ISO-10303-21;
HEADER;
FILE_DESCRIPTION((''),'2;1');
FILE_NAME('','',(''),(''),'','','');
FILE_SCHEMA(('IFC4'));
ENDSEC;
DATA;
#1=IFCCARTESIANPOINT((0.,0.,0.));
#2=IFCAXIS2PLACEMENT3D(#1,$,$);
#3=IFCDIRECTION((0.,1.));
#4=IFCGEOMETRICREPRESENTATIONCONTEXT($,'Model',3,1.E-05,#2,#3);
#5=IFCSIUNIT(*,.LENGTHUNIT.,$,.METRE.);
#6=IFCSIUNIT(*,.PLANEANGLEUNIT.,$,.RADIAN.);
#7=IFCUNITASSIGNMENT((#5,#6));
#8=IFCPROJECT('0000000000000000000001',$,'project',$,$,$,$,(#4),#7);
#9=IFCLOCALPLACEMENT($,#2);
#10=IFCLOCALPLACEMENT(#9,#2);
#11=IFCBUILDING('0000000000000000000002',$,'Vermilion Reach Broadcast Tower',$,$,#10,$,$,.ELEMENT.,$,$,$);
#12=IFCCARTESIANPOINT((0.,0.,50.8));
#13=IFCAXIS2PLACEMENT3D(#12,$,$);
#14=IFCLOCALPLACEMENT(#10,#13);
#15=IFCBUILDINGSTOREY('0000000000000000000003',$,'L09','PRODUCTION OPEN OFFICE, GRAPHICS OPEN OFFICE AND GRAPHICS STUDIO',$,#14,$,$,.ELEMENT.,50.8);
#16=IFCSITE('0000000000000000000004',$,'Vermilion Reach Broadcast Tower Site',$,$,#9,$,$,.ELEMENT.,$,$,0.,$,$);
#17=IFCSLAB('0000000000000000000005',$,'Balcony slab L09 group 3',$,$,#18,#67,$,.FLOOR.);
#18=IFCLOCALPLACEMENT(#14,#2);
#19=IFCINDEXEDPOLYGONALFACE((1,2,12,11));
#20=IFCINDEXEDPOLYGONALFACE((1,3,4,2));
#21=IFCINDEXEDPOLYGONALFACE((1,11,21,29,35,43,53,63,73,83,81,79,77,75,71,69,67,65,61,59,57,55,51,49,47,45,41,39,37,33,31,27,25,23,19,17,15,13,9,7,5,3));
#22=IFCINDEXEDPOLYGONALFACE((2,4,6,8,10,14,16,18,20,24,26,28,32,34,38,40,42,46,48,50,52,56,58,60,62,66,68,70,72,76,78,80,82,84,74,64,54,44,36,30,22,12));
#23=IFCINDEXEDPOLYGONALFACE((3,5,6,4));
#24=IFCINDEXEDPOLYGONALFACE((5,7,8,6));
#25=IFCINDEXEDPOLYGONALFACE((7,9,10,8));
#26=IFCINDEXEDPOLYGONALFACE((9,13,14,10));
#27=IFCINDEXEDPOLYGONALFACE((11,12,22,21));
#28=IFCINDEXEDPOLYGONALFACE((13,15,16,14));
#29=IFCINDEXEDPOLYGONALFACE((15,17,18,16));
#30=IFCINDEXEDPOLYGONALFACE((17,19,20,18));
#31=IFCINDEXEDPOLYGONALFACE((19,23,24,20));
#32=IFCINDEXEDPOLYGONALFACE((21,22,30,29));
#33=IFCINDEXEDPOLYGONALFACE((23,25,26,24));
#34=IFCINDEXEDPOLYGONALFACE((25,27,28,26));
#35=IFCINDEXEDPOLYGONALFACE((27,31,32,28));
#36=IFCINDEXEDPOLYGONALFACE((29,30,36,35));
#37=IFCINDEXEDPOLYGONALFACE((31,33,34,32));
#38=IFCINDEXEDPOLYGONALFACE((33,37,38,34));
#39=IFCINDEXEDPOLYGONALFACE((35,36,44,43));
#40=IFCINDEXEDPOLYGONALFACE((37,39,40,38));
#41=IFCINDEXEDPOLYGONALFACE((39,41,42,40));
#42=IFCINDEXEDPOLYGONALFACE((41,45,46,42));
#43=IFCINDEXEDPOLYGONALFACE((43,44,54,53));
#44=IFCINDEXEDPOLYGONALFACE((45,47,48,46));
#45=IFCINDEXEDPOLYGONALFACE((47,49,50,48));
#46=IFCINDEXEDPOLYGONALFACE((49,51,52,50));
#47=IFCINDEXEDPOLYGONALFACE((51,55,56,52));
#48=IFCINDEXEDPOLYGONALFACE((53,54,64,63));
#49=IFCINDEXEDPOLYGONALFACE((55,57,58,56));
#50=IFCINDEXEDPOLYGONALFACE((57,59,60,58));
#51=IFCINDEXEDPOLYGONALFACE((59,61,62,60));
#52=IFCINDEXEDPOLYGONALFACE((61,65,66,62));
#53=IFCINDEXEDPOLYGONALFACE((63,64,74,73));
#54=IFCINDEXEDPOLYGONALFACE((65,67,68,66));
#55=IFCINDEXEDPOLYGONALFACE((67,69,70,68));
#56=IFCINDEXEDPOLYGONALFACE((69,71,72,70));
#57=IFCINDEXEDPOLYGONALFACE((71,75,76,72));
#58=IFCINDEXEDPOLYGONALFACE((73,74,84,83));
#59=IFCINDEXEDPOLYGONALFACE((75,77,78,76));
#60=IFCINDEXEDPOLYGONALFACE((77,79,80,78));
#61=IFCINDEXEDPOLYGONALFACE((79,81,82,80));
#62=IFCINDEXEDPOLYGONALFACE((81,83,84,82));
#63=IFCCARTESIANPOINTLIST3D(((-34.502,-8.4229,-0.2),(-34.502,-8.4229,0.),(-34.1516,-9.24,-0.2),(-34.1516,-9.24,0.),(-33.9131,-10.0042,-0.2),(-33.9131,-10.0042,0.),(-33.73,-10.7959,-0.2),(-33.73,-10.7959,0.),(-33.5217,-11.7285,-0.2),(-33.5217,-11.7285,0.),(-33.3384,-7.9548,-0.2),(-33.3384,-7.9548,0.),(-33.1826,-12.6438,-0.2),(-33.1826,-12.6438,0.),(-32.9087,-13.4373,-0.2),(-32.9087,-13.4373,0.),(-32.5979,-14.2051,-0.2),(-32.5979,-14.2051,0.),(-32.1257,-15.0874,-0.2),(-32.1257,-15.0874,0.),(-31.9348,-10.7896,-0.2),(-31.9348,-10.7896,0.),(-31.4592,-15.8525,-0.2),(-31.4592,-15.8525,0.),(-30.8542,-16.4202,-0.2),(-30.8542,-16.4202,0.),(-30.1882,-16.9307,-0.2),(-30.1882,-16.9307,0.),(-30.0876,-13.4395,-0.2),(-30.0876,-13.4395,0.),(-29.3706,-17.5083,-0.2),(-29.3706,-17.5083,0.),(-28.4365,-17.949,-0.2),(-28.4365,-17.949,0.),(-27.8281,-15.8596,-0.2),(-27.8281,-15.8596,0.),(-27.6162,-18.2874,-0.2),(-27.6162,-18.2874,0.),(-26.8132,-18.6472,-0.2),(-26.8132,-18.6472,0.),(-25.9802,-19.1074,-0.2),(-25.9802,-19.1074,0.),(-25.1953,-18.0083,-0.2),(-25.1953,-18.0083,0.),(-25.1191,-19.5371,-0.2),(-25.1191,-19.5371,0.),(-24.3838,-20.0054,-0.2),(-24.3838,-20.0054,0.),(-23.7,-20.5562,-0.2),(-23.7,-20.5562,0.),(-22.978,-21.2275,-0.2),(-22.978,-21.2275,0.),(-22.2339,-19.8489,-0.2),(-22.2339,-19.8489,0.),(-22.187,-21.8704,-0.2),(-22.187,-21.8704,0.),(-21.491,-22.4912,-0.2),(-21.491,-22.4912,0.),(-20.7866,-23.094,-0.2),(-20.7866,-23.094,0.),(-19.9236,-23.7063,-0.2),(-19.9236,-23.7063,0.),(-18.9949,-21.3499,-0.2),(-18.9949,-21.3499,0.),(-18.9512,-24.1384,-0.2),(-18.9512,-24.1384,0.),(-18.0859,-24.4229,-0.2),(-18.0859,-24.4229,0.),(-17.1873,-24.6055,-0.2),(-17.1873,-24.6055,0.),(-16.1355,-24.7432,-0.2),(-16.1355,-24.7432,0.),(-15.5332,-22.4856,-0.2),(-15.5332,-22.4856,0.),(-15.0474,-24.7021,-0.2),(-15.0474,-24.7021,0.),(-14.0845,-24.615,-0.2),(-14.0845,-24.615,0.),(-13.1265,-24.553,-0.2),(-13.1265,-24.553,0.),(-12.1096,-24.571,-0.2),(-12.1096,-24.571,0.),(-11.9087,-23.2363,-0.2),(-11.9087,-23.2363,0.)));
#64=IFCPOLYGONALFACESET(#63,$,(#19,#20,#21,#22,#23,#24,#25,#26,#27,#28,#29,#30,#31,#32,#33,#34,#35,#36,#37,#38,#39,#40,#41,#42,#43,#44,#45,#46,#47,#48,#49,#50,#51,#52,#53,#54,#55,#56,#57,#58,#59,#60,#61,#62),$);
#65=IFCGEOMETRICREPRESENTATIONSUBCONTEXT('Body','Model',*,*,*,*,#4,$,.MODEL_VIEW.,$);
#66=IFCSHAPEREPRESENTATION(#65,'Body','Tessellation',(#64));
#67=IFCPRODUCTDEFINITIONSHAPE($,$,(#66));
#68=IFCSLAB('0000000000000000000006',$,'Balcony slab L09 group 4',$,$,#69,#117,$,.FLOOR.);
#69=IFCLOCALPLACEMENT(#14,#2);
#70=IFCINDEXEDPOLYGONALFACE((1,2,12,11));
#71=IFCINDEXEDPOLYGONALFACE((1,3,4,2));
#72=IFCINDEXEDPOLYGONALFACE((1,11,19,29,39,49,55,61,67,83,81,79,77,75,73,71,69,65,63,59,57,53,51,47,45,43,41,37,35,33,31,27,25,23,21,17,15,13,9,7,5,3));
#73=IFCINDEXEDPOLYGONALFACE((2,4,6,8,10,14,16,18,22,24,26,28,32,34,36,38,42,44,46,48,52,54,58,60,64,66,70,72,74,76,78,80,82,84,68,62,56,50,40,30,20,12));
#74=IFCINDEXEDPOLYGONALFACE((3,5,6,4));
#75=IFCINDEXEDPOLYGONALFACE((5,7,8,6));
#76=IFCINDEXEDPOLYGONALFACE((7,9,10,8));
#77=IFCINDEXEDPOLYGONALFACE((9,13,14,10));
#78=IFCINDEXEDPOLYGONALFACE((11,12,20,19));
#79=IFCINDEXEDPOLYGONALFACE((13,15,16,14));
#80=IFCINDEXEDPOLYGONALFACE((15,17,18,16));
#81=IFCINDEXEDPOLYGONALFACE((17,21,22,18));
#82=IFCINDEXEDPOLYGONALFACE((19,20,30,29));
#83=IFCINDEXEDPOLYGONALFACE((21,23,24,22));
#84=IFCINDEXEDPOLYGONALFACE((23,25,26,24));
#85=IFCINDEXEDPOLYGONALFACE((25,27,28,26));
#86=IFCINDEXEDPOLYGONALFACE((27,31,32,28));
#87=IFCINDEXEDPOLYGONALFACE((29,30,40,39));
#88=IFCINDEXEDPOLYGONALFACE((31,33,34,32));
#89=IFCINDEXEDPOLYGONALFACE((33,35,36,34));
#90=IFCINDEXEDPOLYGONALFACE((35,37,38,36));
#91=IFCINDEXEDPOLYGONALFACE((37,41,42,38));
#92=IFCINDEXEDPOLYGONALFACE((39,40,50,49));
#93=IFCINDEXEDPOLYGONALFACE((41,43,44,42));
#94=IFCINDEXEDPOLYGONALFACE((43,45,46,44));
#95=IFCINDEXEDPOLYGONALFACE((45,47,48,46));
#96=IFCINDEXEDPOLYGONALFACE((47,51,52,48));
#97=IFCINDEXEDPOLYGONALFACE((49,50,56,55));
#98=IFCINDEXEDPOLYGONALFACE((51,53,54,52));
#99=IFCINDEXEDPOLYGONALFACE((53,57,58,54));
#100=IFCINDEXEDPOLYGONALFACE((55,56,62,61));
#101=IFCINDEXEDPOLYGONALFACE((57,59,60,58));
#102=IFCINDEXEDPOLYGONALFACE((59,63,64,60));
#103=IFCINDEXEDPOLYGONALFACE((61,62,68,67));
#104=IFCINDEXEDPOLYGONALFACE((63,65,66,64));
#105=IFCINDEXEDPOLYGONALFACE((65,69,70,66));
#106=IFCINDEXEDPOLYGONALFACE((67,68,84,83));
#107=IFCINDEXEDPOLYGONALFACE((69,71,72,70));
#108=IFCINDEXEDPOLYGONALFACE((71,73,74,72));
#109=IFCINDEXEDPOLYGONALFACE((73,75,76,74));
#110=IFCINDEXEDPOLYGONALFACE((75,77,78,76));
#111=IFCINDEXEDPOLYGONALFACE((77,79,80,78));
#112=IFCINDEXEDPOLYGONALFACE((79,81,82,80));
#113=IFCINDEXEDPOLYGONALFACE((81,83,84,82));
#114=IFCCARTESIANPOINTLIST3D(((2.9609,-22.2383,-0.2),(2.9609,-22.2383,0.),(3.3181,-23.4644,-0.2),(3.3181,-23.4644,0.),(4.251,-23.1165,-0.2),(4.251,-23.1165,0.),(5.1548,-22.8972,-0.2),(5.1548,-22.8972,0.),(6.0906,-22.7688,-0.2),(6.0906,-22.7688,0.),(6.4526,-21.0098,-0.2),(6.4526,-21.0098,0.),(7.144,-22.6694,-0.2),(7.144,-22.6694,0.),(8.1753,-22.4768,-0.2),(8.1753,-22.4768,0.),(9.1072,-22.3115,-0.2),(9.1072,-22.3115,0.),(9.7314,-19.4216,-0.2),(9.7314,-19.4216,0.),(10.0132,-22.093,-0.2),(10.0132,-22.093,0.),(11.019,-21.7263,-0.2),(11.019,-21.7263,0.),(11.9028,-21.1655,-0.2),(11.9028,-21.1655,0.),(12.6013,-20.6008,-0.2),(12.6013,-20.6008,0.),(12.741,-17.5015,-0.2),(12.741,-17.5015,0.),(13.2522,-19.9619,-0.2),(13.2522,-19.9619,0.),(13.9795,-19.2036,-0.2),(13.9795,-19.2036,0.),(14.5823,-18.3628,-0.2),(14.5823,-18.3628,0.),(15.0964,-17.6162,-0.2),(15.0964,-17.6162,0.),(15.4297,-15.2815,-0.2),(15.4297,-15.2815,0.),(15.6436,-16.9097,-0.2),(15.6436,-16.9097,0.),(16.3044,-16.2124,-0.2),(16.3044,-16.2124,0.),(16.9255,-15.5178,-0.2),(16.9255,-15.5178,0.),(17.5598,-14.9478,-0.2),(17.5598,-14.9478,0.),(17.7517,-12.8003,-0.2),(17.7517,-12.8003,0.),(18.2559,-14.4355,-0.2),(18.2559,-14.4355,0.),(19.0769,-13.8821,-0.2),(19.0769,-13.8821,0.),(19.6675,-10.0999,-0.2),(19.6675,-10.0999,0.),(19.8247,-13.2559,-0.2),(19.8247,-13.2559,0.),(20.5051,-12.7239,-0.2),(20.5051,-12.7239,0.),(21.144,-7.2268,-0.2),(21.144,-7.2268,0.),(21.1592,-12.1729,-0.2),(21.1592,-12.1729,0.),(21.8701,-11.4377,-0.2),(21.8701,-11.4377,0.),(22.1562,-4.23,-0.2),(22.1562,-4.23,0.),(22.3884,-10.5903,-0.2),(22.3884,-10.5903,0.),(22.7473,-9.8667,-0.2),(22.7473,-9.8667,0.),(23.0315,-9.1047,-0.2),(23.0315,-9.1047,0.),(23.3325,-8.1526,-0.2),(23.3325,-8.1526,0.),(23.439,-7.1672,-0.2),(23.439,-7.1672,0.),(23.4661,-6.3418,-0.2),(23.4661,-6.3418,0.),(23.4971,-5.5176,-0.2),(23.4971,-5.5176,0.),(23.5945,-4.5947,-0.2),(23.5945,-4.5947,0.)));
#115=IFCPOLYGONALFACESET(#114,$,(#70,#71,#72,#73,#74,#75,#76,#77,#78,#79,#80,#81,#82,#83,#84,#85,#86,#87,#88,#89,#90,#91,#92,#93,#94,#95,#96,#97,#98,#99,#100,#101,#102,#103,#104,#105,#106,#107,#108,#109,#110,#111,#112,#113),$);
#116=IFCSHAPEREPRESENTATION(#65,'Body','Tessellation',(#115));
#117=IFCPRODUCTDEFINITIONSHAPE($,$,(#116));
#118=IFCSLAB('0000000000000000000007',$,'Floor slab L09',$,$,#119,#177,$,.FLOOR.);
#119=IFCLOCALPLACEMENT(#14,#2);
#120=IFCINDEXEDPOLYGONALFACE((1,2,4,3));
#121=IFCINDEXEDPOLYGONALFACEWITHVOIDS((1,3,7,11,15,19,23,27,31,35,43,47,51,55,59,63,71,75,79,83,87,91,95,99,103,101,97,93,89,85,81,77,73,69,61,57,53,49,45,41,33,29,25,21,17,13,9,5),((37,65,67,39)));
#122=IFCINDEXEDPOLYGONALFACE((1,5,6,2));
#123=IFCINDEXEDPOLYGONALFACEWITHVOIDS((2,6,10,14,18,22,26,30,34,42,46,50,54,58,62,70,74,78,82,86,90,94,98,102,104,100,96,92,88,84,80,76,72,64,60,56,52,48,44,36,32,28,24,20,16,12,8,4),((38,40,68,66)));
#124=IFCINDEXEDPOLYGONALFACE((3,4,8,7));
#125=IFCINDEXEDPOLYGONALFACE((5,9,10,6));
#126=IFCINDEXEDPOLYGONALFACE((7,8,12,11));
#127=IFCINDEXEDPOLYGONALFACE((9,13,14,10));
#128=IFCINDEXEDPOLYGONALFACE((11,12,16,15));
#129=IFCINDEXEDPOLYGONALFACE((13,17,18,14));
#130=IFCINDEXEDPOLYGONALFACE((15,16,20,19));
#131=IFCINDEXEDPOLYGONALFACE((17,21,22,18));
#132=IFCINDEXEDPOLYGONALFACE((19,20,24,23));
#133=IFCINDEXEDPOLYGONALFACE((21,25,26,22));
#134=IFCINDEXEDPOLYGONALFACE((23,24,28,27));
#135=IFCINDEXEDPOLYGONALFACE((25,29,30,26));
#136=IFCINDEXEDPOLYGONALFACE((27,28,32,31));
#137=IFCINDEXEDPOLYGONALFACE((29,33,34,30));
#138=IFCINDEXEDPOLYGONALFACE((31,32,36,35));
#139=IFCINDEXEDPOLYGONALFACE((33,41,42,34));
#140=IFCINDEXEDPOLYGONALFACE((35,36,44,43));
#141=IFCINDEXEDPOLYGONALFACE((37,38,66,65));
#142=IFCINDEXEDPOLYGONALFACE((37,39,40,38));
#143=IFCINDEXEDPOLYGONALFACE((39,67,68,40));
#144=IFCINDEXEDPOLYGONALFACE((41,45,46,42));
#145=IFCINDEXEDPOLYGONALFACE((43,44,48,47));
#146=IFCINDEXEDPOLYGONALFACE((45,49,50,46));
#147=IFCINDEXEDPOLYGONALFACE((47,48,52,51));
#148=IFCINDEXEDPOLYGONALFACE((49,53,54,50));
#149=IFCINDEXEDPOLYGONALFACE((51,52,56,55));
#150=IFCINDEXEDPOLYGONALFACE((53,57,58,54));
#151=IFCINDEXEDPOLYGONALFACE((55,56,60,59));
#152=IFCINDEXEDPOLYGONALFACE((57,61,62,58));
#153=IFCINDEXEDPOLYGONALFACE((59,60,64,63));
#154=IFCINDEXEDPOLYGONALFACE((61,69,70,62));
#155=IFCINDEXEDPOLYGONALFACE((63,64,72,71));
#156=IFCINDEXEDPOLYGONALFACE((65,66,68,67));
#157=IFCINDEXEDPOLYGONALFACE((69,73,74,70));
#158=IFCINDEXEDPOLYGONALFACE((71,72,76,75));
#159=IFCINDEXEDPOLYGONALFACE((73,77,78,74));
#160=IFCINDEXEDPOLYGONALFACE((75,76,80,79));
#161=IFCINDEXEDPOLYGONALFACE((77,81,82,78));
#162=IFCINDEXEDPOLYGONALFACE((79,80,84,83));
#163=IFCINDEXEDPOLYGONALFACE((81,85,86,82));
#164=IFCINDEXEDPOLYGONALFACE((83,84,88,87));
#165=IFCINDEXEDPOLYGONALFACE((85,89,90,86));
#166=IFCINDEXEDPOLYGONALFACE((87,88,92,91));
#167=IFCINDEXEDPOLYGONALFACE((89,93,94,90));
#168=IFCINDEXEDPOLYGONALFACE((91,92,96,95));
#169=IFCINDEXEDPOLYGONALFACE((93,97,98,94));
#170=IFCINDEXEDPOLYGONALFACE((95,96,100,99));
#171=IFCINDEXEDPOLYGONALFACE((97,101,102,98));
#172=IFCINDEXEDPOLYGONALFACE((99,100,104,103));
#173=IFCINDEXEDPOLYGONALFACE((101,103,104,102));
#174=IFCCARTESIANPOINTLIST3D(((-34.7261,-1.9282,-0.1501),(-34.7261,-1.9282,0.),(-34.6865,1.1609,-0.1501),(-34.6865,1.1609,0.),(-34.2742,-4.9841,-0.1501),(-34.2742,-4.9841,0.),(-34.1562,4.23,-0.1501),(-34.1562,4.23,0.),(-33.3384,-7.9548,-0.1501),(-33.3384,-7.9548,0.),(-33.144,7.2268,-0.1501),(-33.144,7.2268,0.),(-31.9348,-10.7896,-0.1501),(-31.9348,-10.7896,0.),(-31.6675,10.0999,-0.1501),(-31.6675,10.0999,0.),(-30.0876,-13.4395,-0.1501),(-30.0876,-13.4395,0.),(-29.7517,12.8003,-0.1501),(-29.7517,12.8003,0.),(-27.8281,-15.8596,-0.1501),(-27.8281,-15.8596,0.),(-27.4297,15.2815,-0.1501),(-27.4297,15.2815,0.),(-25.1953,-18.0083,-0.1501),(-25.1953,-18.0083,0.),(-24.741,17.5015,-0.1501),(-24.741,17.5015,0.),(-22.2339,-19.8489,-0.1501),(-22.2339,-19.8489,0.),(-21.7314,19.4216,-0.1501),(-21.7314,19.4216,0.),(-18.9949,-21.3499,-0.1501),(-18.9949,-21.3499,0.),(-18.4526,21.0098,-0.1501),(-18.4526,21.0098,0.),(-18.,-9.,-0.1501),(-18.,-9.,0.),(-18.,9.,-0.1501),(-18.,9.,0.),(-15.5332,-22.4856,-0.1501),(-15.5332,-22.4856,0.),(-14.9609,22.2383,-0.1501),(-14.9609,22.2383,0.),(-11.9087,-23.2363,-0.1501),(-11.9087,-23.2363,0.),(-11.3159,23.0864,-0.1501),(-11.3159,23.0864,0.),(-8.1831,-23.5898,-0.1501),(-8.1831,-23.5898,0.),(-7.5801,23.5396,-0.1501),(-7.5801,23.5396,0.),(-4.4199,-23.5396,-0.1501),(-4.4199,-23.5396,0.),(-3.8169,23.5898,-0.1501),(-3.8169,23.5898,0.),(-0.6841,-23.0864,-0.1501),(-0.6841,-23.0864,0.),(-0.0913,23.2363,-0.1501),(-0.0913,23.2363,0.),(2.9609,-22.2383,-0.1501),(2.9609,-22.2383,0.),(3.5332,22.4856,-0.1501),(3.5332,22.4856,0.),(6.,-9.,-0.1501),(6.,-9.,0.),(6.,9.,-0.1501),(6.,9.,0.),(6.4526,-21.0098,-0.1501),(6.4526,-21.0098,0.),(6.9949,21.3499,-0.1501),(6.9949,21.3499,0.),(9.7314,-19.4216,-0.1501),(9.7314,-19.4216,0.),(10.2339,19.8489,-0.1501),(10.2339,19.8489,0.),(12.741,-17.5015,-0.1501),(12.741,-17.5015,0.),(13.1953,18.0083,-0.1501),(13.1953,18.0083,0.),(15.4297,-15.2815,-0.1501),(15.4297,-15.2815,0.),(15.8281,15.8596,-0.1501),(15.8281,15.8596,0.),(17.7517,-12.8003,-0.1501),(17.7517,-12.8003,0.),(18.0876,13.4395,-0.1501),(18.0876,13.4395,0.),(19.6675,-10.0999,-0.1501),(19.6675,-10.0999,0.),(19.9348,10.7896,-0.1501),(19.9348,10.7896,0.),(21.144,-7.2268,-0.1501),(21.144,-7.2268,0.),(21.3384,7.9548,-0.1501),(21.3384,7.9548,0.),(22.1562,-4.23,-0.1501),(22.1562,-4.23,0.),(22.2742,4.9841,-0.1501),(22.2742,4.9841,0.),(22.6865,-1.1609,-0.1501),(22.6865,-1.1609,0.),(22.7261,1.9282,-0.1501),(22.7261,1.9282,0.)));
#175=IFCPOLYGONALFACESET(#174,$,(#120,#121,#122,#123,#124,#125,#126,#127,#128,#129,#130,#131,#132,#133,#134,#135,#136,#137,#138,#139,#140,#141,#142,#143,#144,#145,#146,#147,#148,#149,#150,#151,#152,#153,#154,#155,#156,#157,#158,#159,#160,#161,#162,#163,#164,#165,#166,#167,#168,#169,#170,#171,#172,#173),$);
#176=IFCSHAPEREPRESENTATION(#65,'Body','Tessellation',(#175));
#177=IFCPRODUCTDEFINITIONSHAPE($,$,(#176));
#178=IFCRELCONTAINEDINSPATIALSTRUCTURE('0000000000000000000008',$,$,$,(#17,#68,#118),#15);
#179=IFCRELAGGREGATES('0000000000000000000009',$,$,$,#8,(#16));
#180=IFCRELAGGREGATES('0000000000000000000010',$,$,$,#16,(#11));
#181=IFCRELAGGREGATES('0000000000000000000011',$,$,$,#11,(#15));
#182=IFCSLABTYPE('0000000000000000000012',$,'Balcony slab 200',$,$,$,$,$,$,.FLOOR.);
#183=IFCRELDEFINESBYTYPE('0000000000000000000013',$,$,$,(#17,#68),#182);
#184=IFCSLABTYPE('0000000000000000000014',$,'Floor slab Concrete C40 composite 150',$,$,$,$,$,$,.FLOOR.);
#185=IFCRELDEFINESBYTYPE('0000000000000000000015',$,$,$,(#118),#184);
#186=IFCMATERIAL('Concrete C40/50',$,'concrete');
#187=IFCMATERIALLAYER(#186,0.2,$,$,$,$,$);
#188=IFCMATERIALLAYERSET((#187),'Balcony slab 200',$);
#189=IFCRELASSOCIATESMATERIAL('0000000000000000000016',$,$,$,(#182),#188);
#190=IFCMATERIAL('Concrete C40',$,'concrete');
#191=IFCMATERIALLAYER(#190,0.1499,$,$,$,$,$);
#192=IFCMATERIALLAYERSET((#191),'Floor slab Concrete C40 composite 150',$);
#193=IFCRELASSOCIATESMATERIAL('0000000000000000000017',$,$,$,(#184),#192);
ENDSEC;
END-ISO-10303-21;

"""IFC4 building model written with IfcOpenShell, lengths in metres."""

from ifc_helpers import new_model, si_unit, direction, frame, origin, place, context, subcontext, project, spatial, polyline, outline, extrude, material, layer, layer_set, type_object, element, save


model = new_model("IFC4")

# Units and contexts
model_context = context("Model", 3, precision=1e-05, world=origin(), true_north=direction((0.0, 1.0)))
body_context = subcontext(model_context, "Body", "Model", "MODEL_VIEW")
ifc_project = project(units=[si_unit("LENGTHUNIT", "METRE"), si_unit("PLANEANGLEUNIT", "RADIAN")], contexts=[model_context])

# Site, building, storey
site_placement = place(None, origin())
site = spatial("IfcSite", under=ifc_project, at=site_placement, Name="Vermilion Reach Broadcast Tower Site", CompositionType="ELEMENT", RefElevation=0.0)
building_placement = place(site_placement, origin())
building = spatial("IfcBuilding", under=site, at=building_placement, Name="Vermilion Reach Broadcast Tower", CompositionType="ELEMENT")
storey_placement = place(building_placement, frame((0.0, 0.0, 50.8)))
storey = spatial("IfcBuildingStorey", under=building, at=storey_placement, Name="L09", Description="PRODUCTION OPEN OFFICE, GRAPHICS OPEN OFFICE AND GRAPHICS STUDIO", CompositionType="ELEMENT", Elevation=50.8)

# Slabs
ifc_material_1 = material(Name="Concrete C40/50", Category="concrete")
ifc_layer_1 = layer(ifc_material_1, 0.2)
ifc_layer_set_1 = layer_set([ifc_layer_1], Name="Balcony slab 200")
slab_type_1 = type_object("IfcSlabType", Name="Balcony slab 200", PredefinedType="FLOOR", material=ifc_layer_set_1)
placement_1 = place(storey_placement, frame((0.0, 0.0, -0.2)))
element("IfcSlab", 1, at=placement_1, inside=storey, type_object=slab_type_1, Name="Balcony slab L09 group 3", PredefinedType="FLOOR", context=body_context, shape_type="SweptSolid", body=[
    extrude(outline(polyline([(-33.3384, -7.9548), (-31.9348, -10.7896), (-30.0876, -13.4395), (-27.8281, -15.8596), (-25.1953, -18.0083), (-22.2339, -19.8489), (-18.9949, -21.3499), (-15.5332, -22.4856), (-11.9087, -23.2363), (-12.1096, -24.571), (-13.1265, -24.553), (-14.0845, -24.615), (-15.0474, -24.7021), (-16.1355, -24.7432), (-17.1873, -24.6055), (-18.0859, -24.4229), (-18.9512, -24.1384), (-19.9236, -23.7063), (-20.7866, -23.094), (-21.491, -22.4912), (-22.187, -21.8704), (-22.978, -21.2275), (-23.7, -20.5562), (-24.3838, -20.0054), (-25.1191, -19.5371), (-25.9802, -19.1074), (-26.8132, -18.6472), (-27.6162, -18.2874), (-28.4365, -17.949), (-29.3706, -17.5083), (-30.1882, -16.9307), (-30.8542, -16.4202), (-31.4592, -15.8525), (-32.1257, -15.0874), (-32.5979, -14.2051), (-32.9087, -13.4373), (-33.1826, -12.6438), (-33.5217, -11.7285), (-33.73, -10.7959), (-33.9131, -10.0042), (-34.1516, -9.24), (-34.502, -8.4229), (-33.3384, -7.9548)])), origin(), (0.0, 0.0, 1.0), 0.2),
])
element("IfcSlab", 2, at=placement_1, inside=storey, type_object=slab_type_1, Name="Balcony slab L09 group 4", PredefinedType="FLOOR", context=body_context, shape_type="SweptSolid", body=[
    extrude(outline(polyline([(2.9609, -22.2383), (6.4526, -21.0098), (9.7314, -19.4216), (12.741, -17.5015), (15.4297, -15.2815), (17.7517, -12.8003), (19.6675, -10.0999), (21.144, -7.2268), (22.1562, -4.23), (23.5945, -4.5947), (23.4971, -5.5176), (23.4661, -6.3418), (23.439, -7.1672), (23.3325, -8.1526), (23.0315, -9.1047), (22.7473, -9.8667), (22.3884, -10.5903), (21.8701, -11.4377), (21.1592, -12.1729), (20.5051, -12.7239), (19.8247, -13.2559), (19.0769, -13.8821), (18.2559, -14.4355), (17.5598, -14.9478), (16.9255, -15.5178), (16.3044, -16.2124), (15.6436, -16.9097), (15.0964, -17.6162), (14.5823, -18.3628), (13.9795, -19.2036), (13.2522, -19.9619), (12.6013, -20.6008), (11.9028, -21.1655), (11.019, -21.7263), (10.0132, -22.093), (9.1072, -22.3115), (8.1753, -22.4768), (7.144, -22.6694), (6.0906, -22.7688), (5.1548, -22.8972), (4.251, -23.1165), (3.3181, -23.4644), (2.9609, -22.2383)])), origin(), (0.0, 0.0, 1.0), 0.2),
])
ifc_material_2 = material(Name="Concrete C40", Category="concrete")
ifc_layer_2 = layer(ifc_material_2, 0.1499)
ifc_layer_set_2 = layer_set([ifc_layer_2], Name="Floor slab Concrete C40 composite 150")
slab_type_2 = type_object("IfcSlabType", Name="Floor slab Concrete C40 composite 150", PredefinedType="FLOOR", material=ifc_layer_set_2)
slab_1_placement = place(storey_placement, frame((0.0, 0.0, -0.1501)))
element("IfcSlab", 3, at=slab_1_placement, inside=storey, type_object=slab_type_2, Name="Floor slab L09", PredefinedType="FLOOR", context=body_context, shape_type="SweptSolid", body=[
    extrude(outline(polyline([(22.7261, 1.9282), (22.2742, 4.9841), (21.3384, 7.9548), (19.9348, 10.7896), (18.0876, 13.4395), (15.8281, 15.8596), (13.1953, 18.0083), (10.2339, 19.8489), (6.9949, 21.3499), (3.5332, 22.4856), (-0.0913, 23.2363), (-3.8169, 23.5898), (-7.5801, 23.5396), (-11.3159, 23.0864), (-14.9609, 22.2383), (-18.4526, 21.0098), (-21.7314, 19.4216), (-24.741, 17.5015), (-27.4297, 15.2815), (-29.7517, 12.8003), (-31.6675, 10.0999), (-33.144, 7.2268), (-34.1562, 4.23), (-34.6865, 1.1609), (-34.7261, -1.9282), (-34.2742, -4.9841), (-33.3384, -7.9548), (-31.9348, -10.7896), (-30.0876, -13.4395), (-27.8281, -15.8596), (-25.1953, -18.0083), (-22.2339, -19.8489), (-18.9949, -21.3499), (-15.5332, -22.4856), (-11.9087, -23.2363), (-8.1831, -23.5898), (-4.4199, -23.5396), (-0.6841, -23.0864), (2.9609, -22.2383), (6.4526, -21.0098), (9.7314, -19.4216), (12.741, -17.5015), (15.4297, -15.2815), (17.7517, -12.8003), (19.6675, -10.0999), (21.144, -7.2268), (22.1562, -4.23), (22.6865, -1.1609), (22.7261, 1.9282)]), holes=[polyline([(-18.0, -9.0), (6.0, -9.0), (6.0, 9.0), (-18.0, 9.0), (-18.0, -9.0)])]), origin(), (0.0, 0.0, 1.0), 0.1501),
])

save(model, "model.ifc")
